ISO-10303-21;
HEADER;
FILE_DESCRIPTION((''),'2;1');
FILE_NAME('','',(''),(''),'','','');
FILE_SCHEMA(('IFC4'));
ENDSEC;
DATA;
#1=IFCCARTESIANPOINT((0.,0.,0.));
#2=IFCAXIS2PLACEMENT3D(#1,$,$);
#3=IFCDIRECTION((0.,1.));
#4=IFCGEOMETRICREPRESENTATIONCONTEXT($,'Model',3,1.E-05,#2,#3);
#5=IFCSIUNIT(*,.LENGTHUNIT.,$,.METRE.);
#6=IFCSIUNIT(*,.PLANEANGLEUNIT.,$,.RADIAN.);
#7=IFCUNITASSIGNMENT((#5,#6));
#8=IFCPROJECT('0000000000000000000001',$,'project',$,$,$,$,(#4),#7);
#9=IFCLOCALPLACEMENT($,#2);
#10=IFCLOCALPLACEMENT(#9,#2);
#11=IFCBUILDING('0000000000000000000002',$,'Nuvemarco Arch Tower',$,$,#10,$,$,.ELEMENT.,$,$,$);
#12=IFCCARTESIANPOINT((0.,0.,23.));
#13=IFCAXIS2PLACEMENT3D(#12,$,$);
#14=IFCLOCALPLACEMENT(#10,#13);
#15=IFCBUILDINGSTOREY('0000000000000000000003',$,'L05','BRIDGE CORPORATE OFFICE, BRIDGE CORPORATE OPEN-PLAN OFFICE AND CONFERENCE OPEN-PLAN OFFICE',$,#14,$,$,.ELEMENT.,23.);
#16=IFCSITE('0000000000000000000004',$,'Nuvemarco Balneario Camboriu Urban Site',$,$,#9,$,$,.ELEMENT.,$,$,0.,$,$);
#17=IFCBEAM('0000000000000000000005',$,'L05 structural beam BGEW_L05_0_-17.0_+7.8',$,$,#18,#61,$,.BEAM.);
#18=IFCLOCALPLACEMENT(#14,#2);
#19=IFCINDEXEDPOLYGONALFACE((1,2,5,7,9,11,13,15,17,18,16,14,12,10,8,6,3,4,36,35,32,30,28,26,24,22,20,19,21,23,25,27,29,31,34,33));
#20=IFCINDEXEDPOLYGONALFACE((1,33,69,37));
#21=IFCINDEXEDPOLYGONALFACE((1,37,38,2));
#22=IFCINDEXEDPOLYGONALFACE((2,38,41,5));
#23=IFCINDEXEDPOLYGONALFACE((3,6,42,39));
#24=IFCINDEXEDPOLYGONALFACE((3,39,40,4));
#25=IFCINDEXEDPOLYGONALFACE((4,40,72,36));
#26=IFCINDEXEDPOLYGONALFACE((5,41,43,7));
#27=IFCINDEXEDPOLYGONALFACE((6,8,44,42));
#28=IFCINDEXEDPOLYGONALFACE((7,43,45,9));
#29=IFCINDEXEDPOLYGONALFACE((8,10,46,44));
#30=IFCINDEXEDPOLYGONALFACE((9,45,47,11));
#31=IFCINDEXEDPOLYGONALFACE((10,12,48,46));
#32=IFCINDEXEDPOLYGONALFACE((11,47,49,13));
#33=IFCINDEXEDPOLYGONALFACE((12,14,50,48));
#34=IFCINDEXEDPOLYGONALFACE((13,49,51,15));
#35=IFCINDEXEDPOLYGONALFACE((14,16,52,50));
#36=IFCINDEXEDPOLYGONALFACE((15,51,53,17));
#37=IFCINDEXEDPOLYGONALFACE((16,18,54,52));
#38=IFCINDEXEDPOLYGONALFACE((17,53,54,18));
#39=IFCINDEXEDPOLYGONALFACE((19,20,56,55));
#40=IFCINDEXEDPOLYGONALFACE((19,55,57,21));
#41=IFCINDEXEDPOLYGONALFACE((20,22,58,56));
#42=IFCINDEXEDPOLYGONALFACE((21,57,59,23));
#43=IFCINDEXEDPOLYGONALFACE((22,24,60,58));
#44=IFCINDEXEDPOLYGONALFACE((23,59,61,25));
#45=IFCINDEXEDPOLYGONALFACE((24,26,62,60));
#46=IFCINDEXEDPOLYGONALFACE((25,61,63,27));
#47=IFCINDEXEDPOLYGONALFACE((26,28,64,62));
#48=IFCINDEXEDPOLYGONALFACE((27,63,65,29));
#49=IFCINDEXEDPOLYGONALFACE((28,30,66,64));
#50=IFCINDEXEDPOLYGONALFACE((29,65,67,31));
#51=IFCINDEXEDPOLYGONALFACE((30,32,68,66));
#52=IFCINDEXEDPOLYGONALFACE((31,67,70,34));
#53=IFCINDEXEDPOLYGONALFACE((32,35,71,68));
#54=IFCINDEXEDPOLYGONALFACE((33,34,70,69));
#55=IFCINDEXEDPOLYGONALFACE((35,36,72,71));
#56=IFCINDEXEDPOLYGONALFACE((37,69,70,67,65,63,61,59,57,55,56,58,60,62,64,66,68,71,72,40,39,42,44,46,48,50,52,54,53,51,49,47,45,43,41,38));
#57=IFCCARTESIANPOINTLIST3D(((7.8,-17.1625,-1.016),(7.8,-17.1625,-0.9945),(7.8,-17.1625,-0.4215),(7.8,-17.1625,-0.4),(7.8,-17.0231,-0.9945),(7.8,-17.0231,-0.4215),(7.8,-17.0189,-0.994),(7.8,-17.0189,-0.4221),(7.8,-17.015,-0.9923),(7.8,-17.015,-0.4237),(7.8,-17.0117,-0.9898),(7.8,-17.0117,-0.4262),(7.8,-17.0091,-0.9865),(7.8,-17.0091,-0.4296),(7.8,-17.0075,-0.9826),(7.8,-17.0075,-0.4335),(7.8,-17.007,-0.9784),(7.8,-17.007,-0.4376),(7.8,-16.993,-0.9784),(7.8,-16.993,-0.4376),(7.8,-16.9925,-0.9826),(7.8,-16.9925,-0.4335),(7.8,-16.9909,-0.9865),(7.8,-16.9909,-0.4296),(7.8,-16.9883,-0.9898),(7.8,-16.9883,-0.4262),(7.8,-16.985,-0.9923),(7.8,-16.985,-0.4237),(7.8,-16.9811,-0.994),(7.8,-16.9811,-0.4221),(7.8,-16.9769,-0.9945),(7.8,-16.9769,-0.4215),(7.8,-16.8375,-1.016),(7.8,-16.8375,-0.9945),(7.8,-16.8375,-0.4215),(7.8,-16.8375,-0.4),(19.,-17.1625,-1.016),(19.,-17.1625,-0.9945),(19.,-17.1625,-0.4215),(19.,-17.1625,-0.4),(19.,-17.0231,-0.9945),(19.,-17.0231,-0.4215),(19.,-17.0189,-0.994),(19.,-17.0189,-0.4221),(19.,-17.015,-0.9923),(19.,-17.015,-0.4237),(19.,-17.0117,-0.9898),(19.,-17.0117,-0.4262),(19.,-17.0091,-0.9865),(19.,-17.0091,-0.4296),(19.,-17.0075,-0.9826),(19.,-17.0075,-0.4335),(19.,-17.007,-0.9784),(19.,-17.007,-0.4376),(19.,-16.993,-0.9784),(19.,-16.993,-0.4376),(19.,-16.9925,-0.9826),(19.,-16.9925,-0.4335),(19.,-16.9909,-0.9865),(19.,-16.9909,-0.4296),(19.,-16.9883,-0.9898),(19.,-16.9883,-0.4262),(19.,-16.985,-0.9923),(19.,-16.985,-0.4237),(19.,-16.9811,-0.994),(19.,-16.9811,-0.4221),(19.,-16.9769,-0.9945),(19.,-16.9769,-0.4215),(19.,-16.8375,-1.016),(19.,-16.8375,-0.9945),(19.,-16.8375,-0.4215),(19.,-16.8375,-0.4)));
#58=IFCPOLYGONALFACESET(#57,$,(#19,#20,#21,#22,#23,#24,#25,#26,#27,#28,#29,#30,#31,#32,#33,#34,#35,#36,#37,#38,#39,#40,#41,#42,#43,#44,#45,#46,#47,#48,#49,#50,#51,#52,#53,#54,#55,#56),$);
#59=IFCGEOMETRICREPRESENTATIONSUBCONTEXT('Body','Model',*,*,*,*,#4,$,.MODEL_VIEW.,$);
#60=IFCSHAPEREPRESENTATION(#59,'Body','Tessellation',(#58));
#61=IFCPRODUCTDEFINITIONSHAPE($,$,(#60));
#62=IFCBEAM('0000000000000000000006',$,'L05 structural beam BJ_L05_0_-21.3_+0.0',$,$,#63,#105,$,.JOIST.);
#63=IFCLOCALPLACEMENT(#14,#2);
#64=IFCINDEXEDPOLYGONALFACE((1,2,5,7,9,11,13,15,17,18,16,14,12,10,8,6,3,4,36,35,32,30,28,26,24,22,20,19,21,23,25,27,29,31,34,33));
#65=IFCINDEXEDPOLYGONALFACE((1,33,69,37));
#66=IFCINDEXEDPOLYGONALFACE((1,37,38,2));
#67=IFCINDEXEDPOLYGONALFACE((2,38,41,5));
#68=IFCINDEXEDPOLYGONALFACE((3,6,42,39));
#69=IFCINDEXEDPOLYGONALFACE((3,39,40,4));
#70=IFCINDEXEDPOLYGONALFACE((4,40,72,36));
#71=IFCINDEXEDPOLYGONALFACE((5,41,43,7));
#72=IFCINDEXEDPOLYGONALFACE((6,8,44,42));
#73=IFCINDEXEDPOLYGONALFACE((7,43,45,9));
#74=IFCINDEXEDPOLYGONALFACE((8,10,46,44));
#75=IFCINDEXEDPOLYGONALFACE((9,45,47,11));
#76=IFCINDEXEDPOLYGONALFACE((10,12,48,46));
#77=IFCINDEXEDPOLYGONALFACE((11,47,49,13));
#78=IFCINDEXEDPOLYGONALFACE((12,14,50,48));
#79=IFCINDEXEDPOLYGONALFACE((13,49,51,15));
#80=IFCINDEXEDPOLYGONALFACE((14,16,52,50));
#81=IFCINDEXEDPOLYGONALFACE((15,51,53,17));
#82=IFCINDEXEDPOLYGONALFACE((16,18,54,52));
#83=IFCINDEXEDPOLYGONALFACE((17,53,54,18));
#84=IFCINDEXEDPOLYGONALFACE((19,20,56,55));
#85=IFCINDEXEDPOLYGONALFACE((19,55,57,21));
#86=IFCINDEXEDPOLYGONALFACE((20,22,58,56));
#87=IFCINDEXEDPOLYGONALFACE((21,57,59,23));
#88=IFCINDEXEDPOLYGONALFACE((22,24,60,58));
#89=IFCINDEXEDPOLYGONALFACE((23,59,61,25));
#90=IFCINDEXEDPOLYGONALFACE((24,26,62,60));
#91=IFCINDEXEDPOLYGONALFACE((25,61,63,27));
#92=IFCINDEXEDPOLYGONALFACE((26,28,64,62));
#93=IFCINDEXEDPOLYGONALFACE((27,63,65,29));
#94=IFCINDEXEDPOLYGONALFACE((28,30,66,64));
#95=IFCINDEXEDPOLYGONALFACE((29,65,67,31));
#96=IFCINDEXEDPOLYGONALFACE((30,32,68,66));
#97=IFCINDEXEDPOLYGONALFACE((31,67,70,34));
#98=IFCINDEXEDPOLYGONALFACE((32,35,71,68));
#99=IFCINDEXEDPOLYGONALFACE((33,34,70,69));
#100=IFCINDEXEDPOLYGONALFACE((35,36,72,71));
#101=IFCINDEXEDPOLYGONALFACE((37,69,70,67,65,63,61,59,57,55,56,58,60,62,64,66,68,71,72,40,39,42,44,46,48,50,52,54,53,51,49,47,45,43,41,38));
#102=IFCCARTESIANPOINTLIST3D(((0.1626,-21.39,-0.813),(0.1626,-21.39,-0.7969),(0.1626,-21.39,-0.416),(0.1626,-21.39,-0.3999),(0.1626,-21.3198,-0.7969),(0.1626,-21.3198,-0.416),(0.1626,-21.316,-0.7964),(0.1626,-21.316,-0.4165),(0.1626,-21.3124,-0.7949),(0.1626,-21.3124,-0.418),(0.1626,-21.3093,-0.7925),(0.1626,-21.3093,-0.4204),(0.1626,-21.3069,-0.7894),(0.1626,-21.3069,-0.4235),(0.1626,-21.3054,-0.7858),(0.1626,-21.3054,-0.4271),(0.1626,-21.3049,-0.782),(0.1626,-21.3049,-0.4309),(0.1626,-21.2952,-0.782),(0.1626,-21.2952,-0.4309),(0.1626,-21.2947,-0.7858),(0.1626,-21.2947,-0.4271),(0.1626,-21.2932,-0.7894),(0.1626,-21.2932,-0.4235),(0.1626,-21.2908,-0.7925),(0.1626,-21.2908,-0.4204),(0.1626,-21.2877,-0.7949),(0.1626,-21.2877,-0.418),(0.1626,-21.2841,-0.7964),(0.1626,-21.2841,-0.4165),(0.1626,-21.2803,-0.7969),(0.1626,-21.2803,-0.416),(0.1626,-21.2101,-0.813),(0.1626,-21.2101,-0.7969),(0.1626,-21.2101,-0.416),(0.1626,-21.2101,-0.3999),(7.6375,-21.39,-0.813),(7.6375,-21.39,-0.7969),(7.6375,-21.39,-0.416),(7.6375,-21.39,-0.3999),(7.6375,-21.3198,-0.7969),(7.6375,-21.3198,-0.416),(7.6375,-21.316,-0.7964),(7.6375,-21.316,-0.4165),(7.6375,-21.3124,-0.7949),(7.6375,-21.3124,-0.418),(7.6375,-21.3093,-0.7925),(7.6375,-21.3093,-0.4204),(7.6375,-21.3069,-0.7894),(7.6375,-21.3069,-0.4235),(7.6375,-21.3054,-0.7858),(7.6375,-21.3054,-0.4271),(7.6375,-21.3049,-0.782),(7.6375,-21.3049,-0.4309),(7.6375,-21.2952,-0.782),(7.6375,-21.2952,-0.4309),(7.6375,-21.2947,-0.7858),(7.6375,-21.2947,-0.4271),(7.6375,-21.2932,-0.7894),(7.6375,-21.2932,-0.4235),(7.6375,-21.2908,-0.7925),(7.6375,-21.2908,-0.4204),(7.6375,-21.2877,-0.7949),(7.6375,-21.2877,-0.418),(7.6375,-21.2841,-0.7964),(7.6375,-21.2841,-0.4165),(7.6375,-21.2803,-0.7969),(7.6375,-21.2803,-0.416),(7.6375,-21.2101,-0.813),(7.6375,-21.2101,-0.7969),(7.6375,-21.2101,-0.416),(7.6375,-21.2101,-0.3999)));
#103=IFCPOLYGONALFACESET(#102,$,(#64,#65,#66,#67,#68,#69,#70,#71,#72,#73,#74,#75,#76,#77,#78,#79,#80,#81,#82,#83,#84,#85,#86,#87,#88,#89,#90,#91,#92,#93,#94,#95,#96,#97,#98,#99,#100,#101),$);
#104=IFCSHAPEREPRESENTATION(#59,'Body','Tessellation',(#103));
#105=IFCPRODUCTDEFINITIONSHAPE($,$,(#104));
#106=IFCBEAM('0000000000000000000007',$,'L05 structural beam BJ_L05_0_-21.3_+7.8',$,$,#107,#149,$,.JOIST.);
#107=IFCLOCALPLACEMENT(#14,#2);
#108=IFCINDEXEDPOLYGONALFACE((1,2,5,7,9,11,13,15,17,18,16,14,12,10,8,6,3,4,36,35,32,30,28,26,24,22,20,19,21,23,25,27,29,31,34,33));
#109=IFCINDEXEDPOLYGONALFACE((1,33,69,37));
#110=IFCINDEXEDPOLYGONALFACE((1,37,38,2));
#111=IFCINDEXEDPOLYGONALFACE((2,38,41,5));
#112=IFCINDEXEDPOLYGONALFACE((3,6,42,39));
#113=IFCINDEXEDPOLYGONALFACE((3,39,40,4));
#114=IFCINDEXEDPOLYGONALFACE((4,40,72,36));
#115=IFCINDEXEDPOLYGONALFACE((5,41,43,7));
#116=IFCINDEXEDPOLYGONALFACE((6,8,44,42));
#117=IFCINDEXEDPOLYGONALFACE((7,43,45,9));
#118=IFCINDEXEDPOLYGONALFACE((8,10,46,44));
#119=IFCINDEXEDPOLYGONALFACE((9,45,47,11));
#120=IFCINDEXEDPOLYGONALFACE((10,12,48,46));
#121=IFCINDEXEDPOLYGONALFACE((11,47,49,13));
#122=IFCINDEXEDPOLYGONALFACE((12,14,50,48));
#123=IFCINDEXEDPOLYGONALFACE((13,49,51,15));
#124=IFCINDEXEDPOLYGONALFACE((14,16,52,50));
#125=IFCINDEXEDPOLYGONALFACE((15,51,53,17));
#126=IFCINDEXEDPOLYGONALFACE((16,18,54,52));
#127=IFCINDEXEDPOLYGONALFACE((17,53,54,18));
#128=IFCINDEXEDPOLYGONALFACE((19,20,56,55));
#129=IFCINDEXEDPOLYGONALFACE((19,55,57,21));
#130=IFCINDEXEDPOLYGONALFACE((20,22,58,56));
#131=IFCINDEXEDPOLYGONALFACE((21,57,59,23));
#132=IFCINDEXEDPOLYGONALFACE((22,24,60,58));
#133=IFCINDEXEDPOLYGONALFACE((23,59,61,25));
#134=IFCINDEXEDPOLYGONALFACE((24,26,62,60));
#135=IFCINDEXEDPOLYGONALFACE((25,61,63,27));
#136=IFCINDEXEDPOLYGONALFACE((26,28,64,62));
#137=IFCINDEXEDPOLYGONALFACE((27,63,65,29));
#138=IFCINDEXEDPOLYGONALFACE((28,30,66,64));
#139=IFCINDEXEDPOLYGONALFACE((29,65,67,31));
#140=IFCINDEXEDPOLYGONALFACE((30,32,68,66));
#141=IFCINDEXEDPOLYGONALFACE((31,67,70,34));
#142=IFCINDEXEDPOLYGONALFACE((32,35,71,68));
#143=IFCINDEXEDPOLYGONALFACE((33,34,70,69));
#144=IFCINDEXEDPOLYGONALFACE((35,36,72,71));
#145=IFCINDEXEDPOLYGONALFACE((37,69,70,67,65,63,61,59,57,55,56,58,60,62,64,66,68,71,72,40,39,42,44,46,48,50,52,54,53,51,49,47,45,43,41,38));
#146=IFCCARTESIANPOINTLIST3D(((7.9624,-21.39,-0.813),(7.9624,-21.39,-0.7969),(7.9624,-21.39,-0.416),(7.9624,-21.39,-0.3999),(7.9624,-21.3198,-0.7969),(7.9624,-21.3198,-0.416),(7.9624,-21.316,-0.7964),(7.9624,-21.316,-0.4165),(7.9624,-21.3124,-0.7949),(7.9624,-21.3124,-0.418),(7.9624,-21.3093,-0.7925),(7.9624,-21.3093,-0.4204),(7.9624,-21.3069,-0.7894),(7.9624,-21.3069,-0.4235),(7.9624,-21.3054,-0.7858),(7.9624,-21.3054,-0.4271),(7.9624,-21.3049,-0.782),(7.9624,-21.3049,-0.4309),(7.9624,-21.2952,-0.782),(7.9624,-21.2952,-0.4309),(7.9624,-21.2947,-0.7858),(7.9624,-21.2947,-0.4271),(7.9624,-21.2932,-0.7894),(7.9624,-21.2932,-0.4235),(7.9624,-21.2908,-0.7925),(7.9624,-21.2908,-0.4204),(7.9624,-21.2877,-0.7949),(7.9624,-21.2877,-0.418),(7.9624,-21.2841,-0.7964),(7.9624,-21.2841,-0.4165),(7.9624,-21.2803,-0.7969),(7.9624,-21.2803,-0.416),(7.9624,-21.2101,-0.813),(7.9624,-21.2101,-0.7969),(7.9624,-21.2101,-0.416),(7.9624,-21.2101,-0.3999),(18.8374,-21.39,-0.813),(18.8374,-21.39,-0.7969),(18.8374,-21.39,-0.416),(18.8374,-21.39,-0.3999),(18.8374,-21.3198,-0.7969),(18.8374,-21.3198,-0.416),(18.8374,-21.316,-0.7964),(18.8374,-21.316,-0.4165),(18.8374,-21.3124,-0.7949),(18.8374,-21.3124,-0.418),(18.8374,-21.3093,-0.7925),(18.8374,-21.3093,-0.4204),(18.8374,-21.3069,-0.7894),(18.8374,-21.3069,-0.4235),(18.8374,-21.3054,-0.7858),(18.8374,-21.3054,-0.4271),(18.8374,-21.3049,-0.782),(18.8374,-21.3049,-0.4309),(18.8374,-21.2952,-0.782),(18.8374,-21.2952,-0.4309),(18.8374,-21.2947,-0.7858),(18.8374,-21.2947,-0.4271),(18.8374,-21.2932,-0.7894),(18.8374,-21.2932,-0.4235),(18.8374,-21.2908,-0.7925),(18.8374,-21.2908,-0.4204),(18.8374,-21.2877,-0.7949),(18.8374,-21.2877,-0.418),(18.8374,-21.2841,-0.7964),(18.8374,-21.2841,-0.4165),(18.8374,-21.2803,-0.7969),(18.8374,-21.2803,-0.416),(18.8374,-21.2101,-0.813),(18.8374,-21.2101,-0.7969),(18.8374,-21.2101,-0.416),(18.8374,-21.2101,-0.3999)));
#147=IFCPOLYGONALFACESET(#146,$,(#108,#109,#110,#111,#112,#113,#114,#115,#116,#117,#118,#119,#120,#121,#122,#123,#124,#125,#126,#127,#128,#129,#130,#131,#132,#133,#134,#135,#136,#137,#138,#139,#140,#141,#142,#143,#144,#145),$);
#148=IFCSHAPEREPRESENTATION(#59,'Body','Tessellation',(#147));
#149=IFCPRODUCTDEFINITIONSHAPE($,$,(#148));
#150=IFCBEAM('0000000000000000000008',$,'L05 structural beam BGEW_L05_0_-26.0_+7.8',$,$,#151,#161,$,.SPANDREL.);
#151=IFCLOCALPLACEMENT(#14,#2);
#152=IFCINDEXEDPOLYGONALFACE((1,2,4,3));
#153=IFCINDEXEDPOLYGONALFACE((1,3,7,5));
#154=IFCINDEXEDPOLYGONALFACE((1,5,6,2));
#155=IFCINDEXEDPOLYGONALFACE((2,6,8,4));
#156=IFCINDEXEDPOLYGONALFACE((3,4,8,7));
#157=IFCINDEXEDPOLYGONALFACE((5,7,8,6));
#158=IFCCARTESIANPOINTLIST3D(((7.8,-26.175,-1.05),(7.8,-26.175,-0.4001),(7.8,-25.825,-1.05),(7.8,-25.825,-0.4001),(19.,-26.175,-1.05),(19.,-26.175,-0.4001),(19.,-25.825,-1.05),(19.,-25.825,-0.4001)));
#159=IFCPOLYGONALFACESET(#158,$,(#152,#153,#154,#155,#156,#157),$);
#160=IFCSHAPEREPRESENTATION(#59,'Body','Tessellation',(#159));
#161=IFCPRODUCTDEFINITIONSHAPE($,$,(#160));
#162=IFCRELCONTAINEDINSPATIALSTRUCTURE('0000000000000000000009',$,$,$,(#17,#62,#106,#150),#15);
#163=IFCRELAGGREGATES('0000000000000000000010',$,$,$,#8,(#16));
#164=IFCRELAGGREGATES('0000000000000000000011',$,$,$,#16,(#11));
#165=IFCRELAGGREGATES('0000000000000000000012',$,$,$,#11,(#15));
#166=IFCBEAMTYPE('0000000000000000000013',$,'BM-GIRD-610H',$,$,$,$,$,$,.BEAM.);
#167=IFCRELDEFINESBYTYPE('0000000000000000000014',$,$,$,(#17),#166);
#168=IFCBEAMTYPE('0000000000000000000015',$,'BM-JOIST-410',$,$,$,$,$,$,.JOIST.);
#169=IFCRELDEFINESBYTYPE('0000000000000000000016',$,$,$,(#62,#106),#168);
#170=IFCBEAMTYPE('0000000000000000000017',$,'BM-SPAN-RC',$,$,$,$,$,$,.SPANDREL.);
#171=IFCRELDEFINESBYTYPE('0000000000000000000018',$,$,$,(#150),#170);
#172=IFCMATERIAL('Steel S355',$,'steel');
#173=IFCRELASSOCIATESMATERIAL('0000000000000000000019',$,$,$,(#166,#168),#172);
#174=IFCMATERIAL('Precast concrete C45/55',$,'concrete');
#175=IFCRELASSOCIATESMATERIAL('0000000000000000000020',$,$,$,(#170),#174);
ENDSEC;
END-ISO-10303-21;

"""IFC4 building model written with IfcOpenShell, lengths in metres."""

from ifc_helpers import new_model, si_unit, direction, frame, origin, origin_2d, place, context, subcontext, project, spatial, rectangle, i_section, extrude, material, material_profile, profile_set, type_object, element, save


model = new_model("IFC4")

# Units and contexts
model_context = context("Model", 3, precision=1e-05, world=origin(), true_north=direction((0.0, 1.0)))
body_context = subcontext(model_context, "Body", "Model", "MODEL_VIEW")
ifc_project = project(units=[si_unit("LENGTHUNIT", "METRE"), si_unit("PLANEANGLEUNIT", "RADIAN")], contexts=[model_context])

# Site, building, storey
site_placement = place(None, origin())
site = spatial("IfcSite", under=ifc_project, at=site_placement, Name="Nuvemarco Balneario Camboriu Urban Site", CompositionType="ELEMENT", RefElevation=0.0)
building_placement = place(site_placement, origin())
building = spatial("IfcBuilding", under=site, at=building_placement, Name="Nuvemarco Arch Tower", CompositionType="ELEMENT")
storey_placement = place(building_placement, frame((0.0, 0.0, 23.0)))
storey = spatial("IfcBuildingStorey", under=building, at=storey_placement, Name="L05", Description="BRIDGE CORPORATE OFFICE, BRIDGE CORPORATE OPEN-PLAN OFFICE AND CONFERENCE OPEN-PLAN OFFICE", CompositionType="ELEMENT", Elevation=23.0)

# Shared definitions
ifc_material_1 = material(Name="Steel S355", Category="steel")

# Beams
ifc_material_profile_1 = material_profile(ifc_material_1, i_section(OverallWidth=0.325, OverallDepth=0.616, WebThickness=0.0139, FlangeThickness=0.0215, FilletRadius=0.0161, at=origin_2d()), Name="W610x174")
ifc_profile_set_1 = profile_set([ifc_material_profile_1], Name="Steel S355")
beam_type_1 = type_object("IfcBeamType", Name="BM-GIRD-610H", PredefinedType="BEAM", material=ifc_profile_set_1)
beam_1_placement = place(storey_placement, frame((7.8, -17.0, -0.708), z_axis=(1.0, 0.0, 0.0), x_axis=(0.0, 1.0, 0.0)))
element("IfcBeam", 1, at=beam_1_placement, inside=storey, type_object=beam_type_1, Name="L05 structural beam BGEW_L05_0_-17.0_+7.8", PredefinedType="BEAM", context=body_context, shape_type="SweptSolid", body=[
    extrude(i_section(OverallWidth=0.325, OverallDepth=0.616, WebThickness=0.0139, FlangeThickness=0.0215, FilletRadius=0.0161, at=origin_2d()), origin(), (0.0, 0.0, 1.0), 11.2),
])
ifc_material_profile_2 = material_profile(ifc_material_1, i_section(OverallWidth=0.1799, OverallDepth=0.4131, WebThickness=0.0098, FlangeThickness=0.0161, FilletRadius=0.0149, at=origin_2d()), Name="W410x75")
ifc_profile_set_2 = profile_set([ifc_material_profile_2], Name="Steel S355")
beam_type_2 = type_object("IfcBeamType", Name="BM-JOIST-410", PredefinedType="JOIST", material=ifc_profile_set_2)
beam_2_placement = place(storey_placement, frame((0.1626, -21.3, -0.6064), z_axis=(1.0, 0.0, 0.0), x_axis=(0.0, 1.0, 0.0)))
element("IfcBeam", 2, at=beam_2_placement, inside=storey, type_object=beam_type_2, Name="L05 structural beam BJ_L05_0_-21.3_+0.0", PredefinedType="JOIST", context=body_context, shape_type="SweptSolid", body=[
    extrude(i_section(OverallWidth=0.1799, OverallDepth=0.4131, WebThickness=0.0098, FlangeThickness=0.0161, FilletRadius=0.0149, at=origin_2d()), origin(), (0.0, 0.0, 1.0), 7.4749),
])
beam_3_placement = place(storey_placement, frame((7.9624, -21.3, -0.6064), z_axis=(1.0, 0.0, 0.0), x_axis=(0.0, 1.0, 0.0)))
element("IfcBeam", 3, at=beam_3_placement, inside=storey, type_object=beam_type_2, Name="L05 structural beam BJ_L05_0_-21.3_+7.8", PredefinedType="JOIST", context=body_context, shape_type="SweptSolid", body=[
    extrude(i_section(OverallWidth=0.1799, OverallDepth=0.4131, WebThickness=0.0098, FlangeThickness=0.0161, FilletRadius=0.0149, at=origin_2d()), origin(), (0.0, 0.0, 1.0), 10.875),
])
ifc_material_2 = material(Name="Precast concrete C45/55", Category="concrete")
ifc_material_profile_3 = material_profile(ifc_material_2, rectangle(XDim=0.3501, YDim=0.6499, at=origin_2d()), Name="PC-SP-350x650")
ifc_profile_set_3 = profile_set([ifc_material_profile_3], Name="Precast concrete C45/55")
beam_type_3 = type_object("IfcBeamType", Name="BM-SPAN-RC", PredefinedType="SPANDREL", material=ifc_profile_set_3)
beam_4_placement = place(storey_placement, frame((7.8, -26.0, -0.7251), z_axis=(1.0, 0.0, 0.0), x_axis=(0.0, 1.0, 0.0)))
element("IfcBeam", 4, at=beam_4_placement, inside=storey, type_object=beam_type_3, Name="L05 structural beam BGEW_L05_0_-26.0_+7.8", PredefinedType="SPANDREL", context=body_context, shape_type="SweptSolid", body=[
    extrude(rectangle(XDim=0.3501, YDim=0.6499, at=origin_2d()), origin(), (0.0, 0.0, 1.0), 11.2),
])

save(model, "model.ifc")
